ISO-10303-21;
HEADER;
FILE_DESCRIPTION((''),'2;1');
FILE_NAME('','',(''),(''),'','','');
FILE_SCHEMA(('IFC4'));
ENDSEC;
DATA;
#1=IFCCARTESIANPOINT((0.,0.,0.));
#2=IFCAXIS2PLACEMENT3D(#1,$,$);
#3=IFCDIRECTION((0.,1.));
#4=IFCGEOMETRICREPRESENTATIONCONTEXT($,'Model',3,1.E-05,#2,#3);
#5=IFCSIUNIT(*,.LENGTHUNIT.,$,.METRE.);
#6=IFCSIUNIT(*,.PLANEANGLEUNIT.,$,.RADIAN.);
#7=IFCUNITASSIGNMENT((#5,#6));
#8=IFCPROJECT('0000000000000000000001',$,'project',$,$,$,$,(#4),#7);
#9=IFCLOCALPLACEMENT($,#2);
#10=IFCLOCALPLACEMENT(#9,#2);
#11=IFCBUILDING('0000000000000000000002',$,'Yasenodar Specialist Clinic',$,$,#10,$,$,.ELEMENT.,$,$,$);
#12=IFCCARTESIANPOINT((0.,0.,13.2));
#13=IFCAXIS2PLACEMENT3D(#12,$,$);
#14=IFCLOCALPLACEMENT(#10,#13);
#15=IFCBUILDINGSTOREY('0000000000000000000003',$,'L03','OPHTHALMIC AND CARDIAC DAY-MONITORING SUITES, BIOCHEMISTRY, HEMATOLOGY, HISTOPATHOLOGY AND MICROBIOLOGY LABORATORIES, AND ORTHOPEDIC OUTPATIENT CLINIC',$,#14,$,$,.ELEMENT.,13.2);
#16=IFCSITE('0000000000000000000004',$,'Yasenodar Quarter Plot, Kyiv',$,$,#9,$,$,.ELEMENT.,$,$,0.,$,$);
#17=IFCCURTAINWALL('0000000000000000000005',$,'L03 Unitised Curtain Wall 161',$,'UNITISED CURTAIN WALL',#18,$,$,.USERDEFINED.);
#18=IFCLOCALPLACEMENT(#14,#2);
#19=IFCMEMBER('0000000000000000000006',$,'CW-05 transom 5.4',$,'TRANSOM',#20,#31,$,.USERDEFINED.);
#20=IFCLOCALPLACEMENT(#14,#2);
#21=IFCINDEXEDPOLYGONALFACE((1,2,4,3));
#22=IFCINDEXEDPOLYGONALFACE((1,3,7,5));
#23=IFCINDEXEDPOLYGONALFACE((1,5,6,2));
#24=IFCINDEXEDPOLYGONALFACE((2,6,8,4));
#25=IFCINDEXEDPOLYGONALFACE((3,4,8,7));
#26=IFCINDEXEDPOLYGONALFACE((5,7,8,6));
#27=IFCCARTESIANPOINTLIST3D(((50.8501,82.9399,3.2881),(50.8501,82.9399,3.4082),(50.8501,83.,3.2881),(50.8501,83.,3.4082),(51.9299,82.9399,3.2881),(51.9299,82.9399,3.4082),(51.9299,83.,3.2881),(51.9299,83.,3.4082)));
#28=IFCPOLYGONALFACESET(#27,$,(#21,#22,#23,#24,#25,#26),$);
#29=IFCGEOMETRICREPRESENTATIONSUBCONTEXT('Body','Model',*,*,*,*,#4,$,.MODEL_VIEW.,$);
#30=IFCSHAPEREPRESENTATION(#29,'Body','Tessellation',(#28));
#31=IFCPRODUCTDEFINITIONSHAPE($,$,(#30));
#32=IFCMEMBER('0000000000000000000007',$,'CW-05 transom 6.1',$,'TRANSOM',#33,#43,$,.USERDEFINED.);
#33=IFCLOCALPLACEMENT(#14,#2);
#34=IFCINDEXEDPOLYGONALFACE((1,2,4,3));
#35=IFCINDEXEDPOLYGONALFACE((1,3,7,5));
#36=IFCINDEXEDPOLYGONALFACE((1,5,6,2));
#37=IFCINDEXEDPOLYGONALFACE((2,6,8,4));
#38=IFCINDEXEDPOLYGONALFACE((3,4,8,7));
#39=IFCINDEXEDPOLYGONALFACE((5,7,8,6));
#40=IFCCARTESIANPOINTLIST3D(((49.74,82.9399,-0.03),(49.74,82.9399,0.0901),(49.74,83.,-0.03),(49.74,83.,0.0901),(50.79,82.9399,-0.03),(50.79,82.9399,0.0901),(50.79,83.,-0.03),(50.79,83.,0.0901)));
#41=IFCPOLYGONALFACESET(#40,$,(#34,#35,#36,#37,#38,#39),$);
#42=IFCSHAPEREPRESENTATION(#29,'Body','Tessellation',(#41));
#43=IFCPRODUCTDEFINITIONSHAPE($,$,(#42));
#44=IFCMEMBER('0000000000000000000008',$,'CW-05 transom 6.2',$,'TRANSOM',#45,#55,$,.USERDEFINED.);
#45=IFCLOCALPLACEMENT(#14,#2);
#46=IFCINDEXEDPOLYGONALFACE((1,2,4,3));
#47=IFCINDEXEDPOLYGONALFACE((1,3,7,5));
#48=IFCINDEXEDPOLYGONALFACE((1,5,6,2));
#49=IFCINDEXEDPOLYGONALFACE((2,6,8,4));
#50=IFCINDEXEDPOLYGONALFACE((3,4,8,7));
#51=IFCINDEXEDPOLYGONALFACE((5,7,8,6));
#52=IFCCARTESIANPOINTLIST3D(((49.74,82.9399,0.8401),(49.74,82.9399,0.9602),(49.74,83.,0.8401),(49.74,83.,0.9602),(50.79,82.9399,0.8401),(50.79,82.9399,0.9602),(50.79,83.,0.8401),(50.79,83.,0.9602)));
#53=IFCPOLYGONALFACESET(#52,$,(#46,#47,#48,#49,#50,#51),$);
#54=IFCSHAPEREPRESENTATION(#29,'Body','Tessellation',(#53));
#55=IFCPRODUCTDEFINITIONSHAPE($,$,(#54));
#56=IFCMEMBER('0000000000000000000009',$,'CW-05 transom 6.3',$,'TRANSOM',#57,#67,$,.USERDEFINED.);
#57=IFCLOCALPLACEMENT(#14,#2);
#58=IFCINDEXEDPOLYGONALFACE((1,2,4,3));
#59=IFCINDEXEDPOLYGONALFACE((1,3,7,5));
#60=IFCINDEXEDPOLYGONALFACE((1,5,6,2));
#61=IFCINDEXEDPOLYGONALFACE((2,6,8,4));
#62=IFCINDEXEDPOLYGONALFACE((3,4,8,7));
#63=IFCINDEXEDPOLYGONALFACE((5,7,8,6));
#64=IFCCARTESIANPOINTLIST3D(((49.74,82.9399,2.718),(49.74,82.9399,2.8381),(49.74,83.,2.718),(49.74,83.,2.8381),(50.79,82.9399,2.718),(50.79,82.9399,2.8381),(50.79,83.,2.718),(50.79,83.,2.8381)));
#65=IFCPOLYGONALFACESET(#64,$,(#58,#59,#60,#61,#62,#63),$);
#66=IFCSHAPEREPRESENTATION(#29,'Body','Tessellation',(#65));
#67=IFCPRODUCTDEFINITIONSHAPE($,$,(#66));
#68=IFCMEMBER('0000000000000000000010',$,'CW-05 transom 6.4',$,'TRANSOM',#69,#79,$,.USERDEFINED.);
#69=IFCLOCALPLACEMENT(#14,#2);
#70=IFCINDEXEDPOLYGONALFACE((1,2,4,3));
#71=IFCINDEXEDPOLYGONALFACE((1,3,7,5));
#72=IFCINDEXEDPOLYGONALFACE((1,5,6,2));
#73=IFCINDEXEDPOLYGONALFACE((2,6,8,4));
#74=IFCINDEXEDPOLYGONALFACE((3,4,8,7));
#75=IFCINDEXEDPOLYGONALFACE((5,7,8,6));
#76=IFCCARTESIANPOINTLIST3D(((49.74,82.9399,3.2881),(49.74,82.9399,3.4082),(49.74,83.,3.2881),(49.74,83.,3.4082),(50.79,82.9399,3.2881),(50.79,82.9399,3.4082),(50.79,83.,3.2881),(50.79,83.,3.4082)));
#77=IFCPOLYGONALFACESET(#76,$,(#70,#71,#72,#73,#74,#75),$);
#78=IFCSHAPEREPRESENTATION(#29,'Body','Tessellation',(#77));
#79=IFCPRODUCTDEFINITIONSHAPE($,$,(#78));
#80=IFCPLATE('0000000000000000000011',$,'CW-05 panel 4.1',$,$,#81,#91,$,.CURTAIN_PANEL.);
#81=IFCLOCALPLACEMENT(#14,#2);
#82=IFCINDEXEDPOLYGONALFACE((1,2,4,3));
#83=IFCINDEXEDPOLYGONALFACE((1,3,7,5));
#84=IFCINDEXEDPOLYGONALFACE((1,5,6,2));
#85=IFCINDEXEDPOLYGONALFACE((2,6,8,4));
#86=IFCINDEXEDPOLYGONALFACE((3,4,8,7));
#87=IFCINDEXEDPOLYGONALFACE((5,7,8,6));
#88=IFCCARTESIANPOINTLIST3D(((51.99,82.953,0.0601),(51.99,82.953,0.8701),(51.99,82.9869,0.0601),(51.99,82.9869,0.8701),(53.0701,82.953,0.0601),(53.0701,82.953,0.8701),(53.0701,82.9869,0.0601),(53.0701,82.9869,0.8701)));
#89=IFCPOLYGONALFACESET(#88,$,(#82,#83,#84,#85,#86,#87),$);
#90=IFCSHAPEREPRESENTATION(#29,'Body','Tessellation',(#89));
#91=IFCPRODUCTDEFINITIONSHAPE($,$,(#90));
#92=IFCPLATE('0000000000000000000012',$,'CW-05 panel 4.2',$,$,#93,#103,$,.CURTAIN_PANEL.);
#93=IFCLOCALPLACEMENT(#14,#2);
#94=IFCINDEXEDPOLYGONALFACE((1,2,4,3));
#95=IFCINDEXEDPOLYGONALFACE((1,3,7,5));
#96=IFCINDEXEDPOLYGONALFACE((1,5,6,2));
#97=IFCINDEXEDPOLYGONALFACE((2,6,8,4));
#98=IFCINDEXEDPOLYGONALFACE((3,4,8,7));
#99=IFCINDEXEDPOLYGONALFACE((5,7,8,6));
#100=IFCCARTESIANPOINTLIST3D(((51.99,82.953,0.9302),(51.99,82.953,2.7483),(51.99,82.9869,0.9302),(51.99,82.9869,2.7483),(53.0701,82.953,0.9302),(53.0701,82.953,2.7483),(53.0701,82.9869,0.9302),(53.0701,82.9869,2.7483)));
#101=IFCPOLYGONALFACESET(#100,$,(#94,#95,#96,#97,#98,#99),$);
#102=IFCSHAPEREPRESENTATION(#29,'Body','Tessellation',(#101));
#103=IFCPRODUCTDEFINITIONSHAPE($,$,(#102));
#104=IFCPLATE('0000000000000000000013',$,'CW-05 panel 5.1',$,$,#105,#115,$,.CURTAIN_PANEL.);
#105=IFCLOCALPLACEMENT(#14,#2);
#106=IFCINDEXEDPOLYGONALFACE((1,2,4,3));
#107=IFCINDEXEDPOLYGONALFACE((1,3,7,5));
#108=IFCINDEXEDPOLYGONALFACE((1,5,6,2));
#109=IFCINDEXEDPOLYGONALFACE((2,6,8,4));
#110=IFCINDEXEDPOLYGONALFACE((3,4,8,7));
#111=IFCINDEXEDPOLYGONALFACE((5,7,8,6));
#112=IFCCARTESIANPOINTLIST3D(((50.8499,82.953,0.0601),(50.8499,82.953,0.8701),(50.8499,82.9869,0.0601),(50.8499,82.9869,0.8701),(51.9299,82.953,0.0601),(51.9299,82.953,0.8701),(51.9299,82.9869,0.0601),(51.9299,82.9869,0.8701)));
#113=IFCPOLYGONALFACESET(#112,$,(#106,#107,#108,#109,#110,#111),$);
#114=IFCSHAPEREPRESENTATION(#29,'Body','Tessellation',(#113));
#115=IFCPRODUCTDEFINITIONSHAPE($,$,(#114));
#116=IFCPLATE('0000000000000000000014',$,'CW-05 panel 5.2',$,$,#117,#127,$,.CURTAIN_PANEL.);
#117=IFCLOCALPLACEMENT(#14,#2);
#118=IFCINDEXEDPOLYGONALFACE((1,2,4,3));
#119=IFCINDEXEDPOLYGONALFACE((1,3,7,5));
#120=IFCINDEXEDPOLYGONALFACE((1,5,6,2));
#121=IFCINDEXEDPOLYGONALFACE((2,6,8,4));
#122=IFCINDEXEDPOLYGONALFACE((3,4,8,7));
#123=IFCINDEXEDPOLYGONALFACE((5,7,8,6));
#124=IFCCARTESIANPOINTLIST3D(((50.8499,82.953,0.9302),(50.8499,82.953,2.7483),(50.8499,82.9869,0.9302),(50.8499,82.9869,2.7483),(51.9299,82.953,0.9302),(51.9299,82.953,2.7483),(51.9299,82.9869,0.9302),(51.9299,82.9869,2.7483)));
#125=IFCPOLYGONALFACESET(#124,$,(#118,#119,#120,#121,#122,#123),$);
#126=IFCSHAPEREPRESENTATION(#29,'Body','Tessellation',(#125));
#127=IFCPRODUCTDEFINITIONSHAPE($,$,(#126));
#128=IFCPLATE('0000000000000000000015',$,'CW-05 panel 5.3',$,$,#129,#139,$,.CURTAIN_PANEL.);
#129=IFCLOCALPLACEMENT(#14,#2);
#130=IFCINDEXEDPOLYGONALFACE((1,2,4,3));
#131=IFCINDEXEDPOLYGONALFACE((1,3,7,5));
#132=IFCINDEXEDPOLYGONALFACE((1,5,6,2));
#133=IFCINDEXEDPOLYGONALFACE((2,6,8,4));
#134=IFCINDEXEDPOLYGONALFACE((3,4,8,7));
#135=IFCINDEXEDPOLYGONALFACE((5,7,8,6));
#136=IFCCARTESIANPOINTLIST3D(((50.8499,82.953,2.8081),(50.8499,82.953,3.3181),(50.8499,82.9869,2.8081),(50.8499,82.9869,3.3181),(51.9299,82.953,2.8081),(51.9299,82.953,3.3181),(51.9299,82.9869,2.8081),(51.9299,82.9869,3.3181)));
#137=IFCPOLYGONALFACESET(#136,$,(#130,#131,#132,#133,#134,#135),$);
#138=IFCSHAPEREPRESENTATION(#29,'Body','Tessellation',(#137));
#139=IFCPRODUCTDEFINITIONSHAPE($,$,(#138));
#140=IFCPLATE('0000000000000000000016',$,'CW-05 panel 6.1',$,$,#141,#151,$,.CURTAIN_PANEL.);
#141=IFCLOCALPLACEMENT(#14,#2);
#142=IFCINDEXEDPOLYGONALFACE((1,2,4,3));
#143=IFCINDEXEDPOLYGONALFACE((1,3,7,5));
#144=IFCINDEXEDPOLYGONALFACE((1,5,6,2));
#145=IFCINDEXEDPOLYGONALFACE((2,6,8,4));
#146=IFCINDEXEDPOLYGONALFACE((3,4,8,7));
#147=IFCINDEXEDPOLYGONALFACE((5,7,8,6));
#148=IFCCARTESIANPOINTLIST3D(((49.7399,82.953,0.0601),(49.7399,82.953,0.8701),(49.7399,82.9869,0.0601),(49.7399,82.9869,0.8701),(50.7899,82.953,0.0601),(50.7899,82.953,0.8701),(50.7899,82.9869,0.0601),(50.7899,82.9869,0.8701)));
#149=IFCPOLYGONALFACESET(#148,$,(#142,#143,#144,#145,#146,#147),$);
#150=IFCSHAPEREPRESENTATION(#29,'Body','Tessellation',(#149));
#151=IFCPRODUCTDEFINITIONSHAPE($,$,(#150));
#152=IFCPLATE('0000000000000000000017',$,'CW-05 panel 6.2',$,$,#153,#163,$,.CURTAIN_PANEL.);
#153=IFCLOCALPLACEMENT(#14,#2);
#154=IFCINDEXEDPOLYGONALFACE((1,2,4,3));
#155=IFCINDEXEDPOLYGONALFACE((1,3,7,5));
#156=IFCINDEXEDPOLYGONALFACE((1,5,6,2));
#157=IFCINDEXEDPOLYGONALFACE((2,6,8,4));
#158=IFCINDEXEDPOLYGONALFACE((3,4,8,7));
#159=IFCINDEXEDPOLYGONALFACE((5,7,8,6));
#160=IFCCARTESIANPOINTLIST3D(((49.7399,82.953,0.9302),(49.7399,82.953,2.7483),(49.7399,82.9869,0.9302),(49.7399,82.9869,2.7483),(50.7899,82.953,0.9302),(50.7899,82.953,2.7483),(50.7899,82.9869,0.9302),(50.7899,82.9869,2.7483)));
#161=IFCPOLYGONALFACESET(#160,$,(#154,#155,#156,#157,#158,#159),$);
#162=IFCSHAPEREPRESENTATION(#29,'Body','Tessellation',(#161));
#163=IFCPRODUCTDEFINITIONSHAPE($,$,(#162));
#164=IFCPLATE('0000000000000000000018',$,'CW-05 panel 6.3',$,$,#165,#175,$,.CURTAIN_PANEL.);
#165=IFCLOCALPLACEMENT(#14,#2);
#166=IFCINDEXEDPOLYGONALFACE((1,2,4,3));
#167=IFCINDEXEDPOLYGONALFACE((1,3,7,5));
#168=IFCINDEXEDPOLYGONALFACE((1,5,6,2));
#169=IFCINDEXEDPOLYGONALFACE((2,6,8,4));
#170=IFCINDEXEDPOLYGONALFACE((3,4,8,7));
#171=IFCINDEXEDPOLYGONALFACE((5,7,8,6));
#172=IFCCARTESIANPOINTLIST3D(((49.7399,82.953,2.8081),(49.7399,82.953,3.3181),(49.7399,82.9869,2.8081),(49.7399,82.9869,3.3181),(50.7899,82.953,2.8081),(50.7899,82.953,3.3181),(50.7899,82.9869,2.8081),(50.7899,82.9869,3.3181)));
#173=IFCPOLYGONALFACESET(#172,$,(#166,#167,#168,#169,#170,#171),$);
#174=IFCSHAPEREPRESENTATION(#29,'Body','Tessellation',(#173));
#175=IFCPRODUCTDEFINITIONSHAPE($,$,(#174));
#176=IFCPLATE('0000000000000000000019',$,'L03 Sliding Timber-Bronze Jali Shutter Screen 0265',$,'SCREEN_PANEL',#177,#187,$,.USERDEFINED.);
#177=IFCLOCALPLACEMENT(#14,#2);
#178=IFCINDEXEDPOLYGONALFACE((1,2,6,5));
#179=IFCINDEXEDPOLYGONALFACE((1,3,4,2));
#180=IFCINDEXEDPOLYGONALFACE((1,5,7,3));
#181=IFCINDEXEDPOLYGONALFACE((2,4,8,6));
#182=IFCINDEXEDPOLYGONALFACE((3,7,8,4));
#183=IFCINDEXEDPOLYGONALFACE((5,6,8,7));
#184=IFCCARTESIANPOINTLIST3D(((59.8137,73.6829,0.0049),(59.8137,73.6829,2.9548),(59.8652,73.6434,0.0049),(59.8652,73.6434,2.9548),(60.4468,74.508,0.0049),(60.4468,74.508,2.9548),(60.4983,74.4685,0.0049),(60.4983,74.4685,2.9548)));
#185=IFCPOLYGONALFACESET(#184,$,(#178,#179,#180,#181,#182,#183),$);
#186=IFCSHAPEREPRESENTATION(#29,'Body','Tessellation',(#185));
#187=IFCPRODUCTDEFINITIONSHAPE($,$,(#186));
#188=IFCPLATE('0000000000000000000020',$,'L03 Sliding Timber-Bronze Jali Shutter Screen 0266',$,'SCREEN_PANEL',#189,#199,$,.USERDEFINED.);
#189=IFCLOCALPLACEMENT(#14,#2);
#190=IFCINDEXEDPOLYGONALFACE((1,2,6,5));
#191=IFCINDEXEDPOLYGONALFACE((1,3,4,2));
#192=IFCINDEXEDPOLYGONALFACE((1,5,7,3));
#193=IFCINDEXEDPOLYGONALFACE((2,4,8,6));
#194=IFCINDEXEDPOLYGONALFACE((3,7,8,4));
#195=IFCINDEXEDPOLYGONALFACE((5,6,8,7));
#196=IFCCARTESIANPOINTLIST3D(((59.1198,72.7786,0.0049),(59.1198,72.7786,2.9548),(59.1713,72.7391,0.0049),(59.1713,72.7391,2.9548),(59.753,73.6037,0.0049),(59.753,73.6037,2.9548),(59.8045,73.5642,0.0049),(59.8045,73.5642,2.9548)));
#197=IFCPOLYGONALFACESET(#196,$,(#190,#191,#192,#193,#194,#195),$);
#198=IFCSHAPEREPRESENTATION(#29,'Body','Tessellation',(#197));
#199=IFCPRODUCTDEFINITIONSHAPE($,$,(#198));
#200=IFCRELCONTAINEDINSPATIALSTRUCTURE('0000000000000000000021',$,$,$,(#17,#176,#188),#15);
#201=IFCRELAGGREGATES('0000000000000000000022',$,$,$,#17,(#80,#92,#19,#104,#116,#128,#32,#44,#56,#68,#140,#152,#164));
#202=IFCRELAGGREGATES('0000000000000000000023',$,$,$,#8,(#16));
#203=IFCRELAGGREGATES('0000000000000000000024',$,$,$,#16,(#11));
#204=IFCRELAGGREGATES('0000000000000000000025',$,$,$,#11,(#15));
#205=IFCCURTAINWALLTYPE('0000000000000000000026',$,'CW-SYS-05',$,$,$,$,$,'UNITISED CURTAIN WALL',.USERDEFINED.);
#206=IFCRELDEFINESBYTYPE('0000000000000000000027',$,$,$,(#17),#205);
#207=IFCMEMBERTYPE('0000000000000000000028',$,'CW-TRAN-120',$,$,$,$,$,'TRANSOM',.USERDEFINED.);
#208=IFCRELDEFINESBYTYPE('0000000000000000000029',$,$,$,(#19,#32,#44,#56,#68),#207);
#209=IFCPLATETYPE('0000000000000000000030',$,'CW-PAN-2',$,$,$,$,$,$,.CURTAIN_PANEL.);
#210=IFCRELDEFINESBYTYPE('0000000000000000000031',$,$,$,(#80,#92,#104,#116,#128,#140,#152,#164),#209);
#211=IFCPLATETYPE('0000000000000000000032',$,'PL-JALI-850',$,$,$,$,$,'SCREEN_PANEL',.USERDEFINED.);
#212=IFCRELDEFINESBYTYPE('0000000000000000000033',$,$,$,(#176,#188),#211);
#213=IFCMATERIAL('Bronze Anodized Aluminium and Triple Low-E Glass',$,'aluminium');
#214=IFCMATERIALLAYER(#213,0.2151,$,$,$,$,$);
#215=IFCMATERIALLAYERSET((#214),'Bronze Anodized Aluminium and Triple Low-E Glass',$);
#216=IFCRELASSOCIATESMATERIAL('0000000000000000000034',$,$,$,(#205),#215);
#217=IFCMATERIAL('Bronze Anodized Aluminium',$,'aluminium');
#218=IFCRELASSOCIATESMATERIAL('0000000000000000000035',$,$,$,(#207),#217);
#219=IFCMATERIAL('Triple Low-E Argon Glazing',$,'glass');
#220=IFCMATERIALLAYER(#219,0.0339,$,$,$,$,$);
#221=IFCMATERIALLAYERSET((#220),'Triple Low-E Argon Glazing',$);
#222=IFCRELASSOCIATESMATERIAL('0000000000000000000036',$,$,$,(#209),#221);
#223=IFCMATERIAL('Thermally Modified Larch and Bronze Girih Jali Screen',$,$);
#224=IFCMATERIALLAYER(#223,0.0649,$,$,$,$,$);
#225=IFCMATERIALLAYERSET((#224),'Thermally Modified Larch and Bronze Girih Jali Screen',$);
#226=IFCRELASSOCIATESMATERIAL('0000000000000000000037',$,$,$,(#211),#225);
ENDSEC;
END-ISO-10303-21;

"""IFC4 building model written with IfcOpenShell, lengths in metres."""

from ifc_helpers import new_model, si_unit, direction, frame, origin, origin_2d, place, context, subcontext, project, spatial, rectangle, extrude, material, layer, layer_set, material_profile, profile_set, type_object, element, aggregate, save


model = new_model("IFC4")

# Units and contexts
model_context = context("Model", 3, precision=1e-05, world=origin(), true_north=direction((0.0, 1.0)))
body_context = subcontext(model_context, "Body", "Model", "MODEL_VIEW")
ifc_project = project(units=[si_unit("LENGTHUNIT", "METRE"), si_unit("PLANEANGLEUNIT", "RADIAN")], contexts=[model_context])

# Site, building, storey
site_placement = place(None, origin())
site = spatial("IfcSite", under=ifc_project, at=site_placement, Name="Yasenodar Quarter Plot, Kyiv", CompositionType="ELEMENT", RefElevation=0.0)
building_placement = place(site_placement, origin())
building = spatial("IfcBuilding", under=site, at=building_placement, Name="Yasenodar Specialist Clinic", CompositionType="ELEMENT")
storey_placement = place(building_placement, frame((0.0, 0.0, 13.2)))
storey = spatial("IfcBuildingStorey", under=building, at=storey_placement, Name="L03", Description="OPHTHALMIC AND CARDIAC DAY-MONITORING SUITES, BIOCHEMISTRY, HEMATOLOGY, HISTOPATHOLOGY AND MICROBIOLOGY LABORATORIES, AND ORTHOPEDIC OUTPATIENT CLINIC", CompositionType="ELEMENT", Elevation=13.2)

# Curtain wall, members, plates
ifc_material_1 = material(Name="Bronze Anodized Aluminium and Triple Low-E Glass", Category="aluminium")
ifc_layer_1 = layer(ifc_material_1, 0.2151)
ifc_layer_set_1 = layer_set([ifc_layer_1], Name="Bronze Anodized Aluminium and Triple Low-E Glass")
curtain_wall_type = type_object("IfcCurtainWallType", Name="CW-SYS-05", ElementType="UNITISED CURTAIN WALL", PredefinedType="USERDEFINED", material=ifc_layer_set_1)
curtain_wall_placement = place(storey_placement, origin())
curtain_wall = element("IfcCurtainWall", 1, at=curtain_wall_placement, inside=storey, type_object=curtain_wall_type, Name="L03 Unitised Curtain Wall 161", ObjectType="UNITISED CURTAIN WALL", PredefinedType="USERDEFINED")
ifc_material_2 = material(Name="Bronze Anodized Aluminium", Category="aluminium")
ifc_material_profile_1 = material_profile(ifc_material_2, rectangle(XDim=0.0601, YDim=0.1201, at=origin_2d()), Name="CW-TRAN 60x120")
ifc_profile_set_1 = profile_set([ifc_material_profile_1], Name="Bronze Anodized Aluminium")
member_type_1 = type_object("IfcMemberType", Name="CW-TRAN-120", ElementType="TRANSOM", PredefinedType="USERDEFINED", material=ifc_profile_set_1)
member_1_placement = place(storey_placement, frame((51.9299, 82.97, 3.3481), z_axis=(-1.0, 0.0, 0.0), x_axis=(0.0, -1.0, 0.0)))
member_1 = element("IfcMember", 2, at=member_1_placement, type_object=member_type_1, Name="CW-05 transom 5.4", ObjectType="TRANSOM", PredefinedType="USERDEFINED", context=body_context, shape_type="SweptSolid", body=[
    extrude(rectangle(XDim=0.0601, YDim=0.1201, at=origin_2d()), origin(), (0.0, 0.0, 1.0), 1.0798),
])
member_2_placement = place(storey_placement, frame((50.79, 82.97, 0.03), z_axis=(-1.0, 0.0, 0.0), x_axis=(0.0, -1.0, 0.0)))
member_2 = element("IfcMember", 3, at=member_2_placement, type_object=member_type_1, Name="CW-05 transom 6.1", ObjectType="TRANSOM", PredefinedType="USERDEFINED", context=body_context, shape_type="SweptSolid", body=[
    extrude(rectangle(XDim=0.0601, YDim=0.1201, at=origin_2d()), origin(), (0.0, 0.0, 1.0), 1.05),
])
member_3_placement = place(storey_placement, frame((50.79, 82.97, 0.9001), z_axis=(-1.0, 0.0, 0.0), x_axis=(0.0, -1.0, 0.0)))
member_3 = element("IfcMember", 4, at=member_3_placement, type_object=member_type_1, Name="CW-05 transom 6.2", ObjectType="TRANSOM", PredefinedType="USERDEFINED", context=body_context, shape_type="SweptSolid", body=[
    extrude(rectangle(XDim=0.0601, YDim=0.1201, at=origin_2d()), origin(), (0.0, 0.0, 1.0), 1.05),
])
member_4_placement = place(storey_placement, frame((50.79, 82.97, 2.7781), z_axis=(-1.0, 0.0, 0.0), x_axis=(0.0, -1.0, 0.0)))
member_4 = element("IfcMember", 5, at=member_4_placement, type_object=member_type_1, Name="CW-05 transom 6.3", ObjectType="TRANSOM", PredefinedType="USERDEFINED", context=body_context, shape_type="SweptSolid", body=[
    extrude(rectangle(XDim=0.0601, YDim=0.1201, at=origin_2d()), origin(), (0.0, 0.0, 1.0), 1.05),
])
member_5_placement = place(storey_placement, frame((50.79, 82.97, 3.3481), z_axis=(-1.0, 0.0, 0.0), x_axis=(0.0, -1.0, 0.0)))
member_5 = element("IfcMember", 6, at=member_5_placement, type_object=member_type_1, Name="CW-05 transom 6.4", ObjectType="TRANSOM", PredefinedType="USERDEFINED", context=body_context, shape_type="SweptSolid", body=[
    extrude(rectangle(XDim=0.0601, YDim=0.1201, at=origin_2d()), origin(), (0.0, 0.0, 1.0), 1.05),
])
ifc_material_3 = material(Name="Triple Low-E Argon Glazing", Category="glass")
ifc_layer_2 = layer(ifc_material_3, 0.0339)
ifc_layer_set_2 = layer_set([ifc_layer_2], Name="Triple Low-E Argon Glazing")
plate_type_1 = type_object("IfcPlateType", Name="CW-PAN-2", PredefinedType="CURTAIN_PANEL", material=ifc_layer_set_2)
plate_1_placement = place(storey_placement, frame((52.53, 82.97, 0.0601), z_axis=(0.0, 0.0, 1.0), x_axis=(-1.0, 0.0, 0.0)))
plate_1 = element("IfcPlate", 7, at=plate_1_placement, type_object=plate_type_1, Name="CW-05 panel 4.1", PredefinedType="CURTAIN_PANEL", context=body_context, shape_type="SweptSolid", body=[
    extrude(rectangle(XDim=1.0801, YDim=0.0339, at=origin_2d()), origin(), (0.0, 0.0, 1.0), 0.8101),
])
plate_2_placement = place(storey_placement, frame((52.53, 82.97, 0.9302), z_axis=(0.0, 0.0, 1.0), x_axis=(-1.0, 0.0, 0.0)))
plate_2 = element("IfcPlate", 8, at=plate_2_placement, type_object=plate_type_1, Name="CW-05 panel 4.2", PredefinedType="CURTAIN_PANEL", context=body_context, shape_type="SweptSolid", body=[
    extrude(rectangle(XDim=1.0801, YDim=0.0339, at=origin_2d()), origin(), (0.0, 0.0, 1.0), 1.8181),
])
plate_3_placement = place(storey_placement, frame((51.3899, 82.97, 0.0601), z_axis=(0.0, 0.0, 1.0), x_axis=(-1.0, 0.0, 0.0)))
plate_3 = element("IfcPlate", 9, at=plate_3_placement, type_object=plate_type_1, Name="CW-05 panel 5.1", PredefinedType="CURTAIN_PANEL", context=body_context, shape_type="SweptSolid", body=[
    extrude(rectangle(XDim=1.0801, YDim=0.0339, at=origin_2d()), origin(), (0.0, 0.0, 1.0), 0.8101),
])
plate_4_placement = place(storey_placement, frame((51.3899, 82.97, 0.9302), z_axis=(0.0, 0.0, 1.0), x_axis=(-1.0, 0.0, 0.0)))
plate_4 = element("IfcPlate", 10, at=plate_4_placement, type_object=plate_type_1, Name="CW-05 panel 5.2", PredefinedType="CURTAIN_PANEL", context=body_context, shape_type="SweptSolid", body=[
    extrude(rectangle(XDim=1.0801, YDim=0.0339, at=origin_2d()), origin(), (0.0, 0.0, 1.0), 1.8181),
])
plate_5_placement = place(storey_placement, frame((51.3899, 82.97, 2.8081), z_axis=(0.0, 0.0, 1.0), x_axis=(-1.0, 0.0, 0.0)))
plate_5 = element("IfcPlate", 11, at=plate_5_placement, type_object=plate_type_1, Name="CW-05 panel 5.3", PredefinedType="CURTAIN_PANEL", context=body_context, shape_type="SweptSolid", body=[
    extrude(rectangle(XDim=1.0801, YDim=0.0339, at=origin_2d()), origin(), (0.0, 0.0, 1.0), 0.51),
])
plate_6_placement = place(storey_placement, frame((50.2649, 82.97, 0.0601), z_axis=(0.0, 0.0, 1.0), x_axis=(-1.0, 0.0, 0.0)))
plate_6 = element("IfcPlate", 12, at=plate_6_placement, type_object=plate_type_1, Name="CW-05 panel 6.1", PredefinedType="CURTAIN_PANEL", context=body_context, shape_type="SweptSolid", body=[
    extrude(rectangle(XDim=1.05, YDim=0.0339, at=origin_2d()), origin(), (0.0, 0.0, 1.0), 0.8101),
])
plate_7_placement = place(storey_placement, frame((50.2649, 82.97, 0.9302), z_axis=(0.0, 0.0, 1.0), x_axis=(-1.0, 0.0, 0.0)))
plate_7 = element("IfcPlate", 13, at=plate_7_placement, type_object=plate_type_1, Name="CW-05 panel 6.2", PredefinedType="CURTAIN_PANEL", context=body_context, shape_type="SweptSolid", body=[
    extrude(rectangle(XDim=1.05, YDim=0.0339, at=origin_2d()), origin(), (0.0, 0.0, 1.0), 1.8181),
])
plate_8_placement = place(storey_placement, frame((50.2649, 82.97, 2.8081), z_axis=(0.0, 0.0, 1.0), x_axis=(-1.0, 0.0, 0.0)))
plate_8 = element("IfcPlate", 14, at=plate_8_placement, type_object=plate_type_1, Name="CW-05 panel 6.3", PredefinedType="CURTAIN_PANEL", context=body_context, shape_type="SweptSolid", body=[
    extrude(rectangle(XDim=1.05, YDim=0.0339, at=origin_2d()), origin(), (0.0, 0.0, 1.0), 0.51),
])
aggregate(curtain_wall, [plate_1, plate_2, member_1, plate_3, plate_4, plate_5, member_2, member_3, member_4, member_5, plate_6, plate_7, plate_8])

# Plates
ifc_material_4 = material(Name="Thermally Modified Larch and Bronze Girih Jali Screen")
ifc_layer_3 = layer(ifc_material_4, 0.0649)
ifc_layer_set_3 = layer_set([ifc_layer_3], Name="Thermally Modified Larch and Bronze Girih Jali Screen")
plate_type_2 = type_object("IfcPlateType", Name="PL-JALI-850", ElementType="SCREEN_PANEL", PredefinedType="USERDEFINED", material=ifc_layer_set_3)
for number, where, z_axis, x_axis, name in (
    (15, (60.156, 74.0757, 0.0049), (0.0, 0.0, 1.0), (-0.608764, -0.793351, 0.0), "L03 Sliding Timber-Bronze Jali Shutter Screen 0265"),
    (16, (59.4622, 73.1714, 0.0049), (0.0, 0.0, 1.0), (-0.608764, -0.793351, 0.0), "L03 Sliding Timber-Bronze Jali Shutter Screen 0266"),
):
    element("IfcPlate", number, at=place(storey_placement, frame(where, z_axis=z_axis, x_axis=x_axis)), inside=storey, type_object=plate_type_2, Name=name, ObjectType="SCREEN_PANEL", PredefinedType="USERDEFINED", context=body_context, shape_type="SweptSolid", body=[
        extrude(rectangle(XDim=1.04, YDim=0.0649, at=origin_2d()), origin(), (0.0, 0.0, 1.0), 2.95),
    ])

save(model, "model.ifc")
